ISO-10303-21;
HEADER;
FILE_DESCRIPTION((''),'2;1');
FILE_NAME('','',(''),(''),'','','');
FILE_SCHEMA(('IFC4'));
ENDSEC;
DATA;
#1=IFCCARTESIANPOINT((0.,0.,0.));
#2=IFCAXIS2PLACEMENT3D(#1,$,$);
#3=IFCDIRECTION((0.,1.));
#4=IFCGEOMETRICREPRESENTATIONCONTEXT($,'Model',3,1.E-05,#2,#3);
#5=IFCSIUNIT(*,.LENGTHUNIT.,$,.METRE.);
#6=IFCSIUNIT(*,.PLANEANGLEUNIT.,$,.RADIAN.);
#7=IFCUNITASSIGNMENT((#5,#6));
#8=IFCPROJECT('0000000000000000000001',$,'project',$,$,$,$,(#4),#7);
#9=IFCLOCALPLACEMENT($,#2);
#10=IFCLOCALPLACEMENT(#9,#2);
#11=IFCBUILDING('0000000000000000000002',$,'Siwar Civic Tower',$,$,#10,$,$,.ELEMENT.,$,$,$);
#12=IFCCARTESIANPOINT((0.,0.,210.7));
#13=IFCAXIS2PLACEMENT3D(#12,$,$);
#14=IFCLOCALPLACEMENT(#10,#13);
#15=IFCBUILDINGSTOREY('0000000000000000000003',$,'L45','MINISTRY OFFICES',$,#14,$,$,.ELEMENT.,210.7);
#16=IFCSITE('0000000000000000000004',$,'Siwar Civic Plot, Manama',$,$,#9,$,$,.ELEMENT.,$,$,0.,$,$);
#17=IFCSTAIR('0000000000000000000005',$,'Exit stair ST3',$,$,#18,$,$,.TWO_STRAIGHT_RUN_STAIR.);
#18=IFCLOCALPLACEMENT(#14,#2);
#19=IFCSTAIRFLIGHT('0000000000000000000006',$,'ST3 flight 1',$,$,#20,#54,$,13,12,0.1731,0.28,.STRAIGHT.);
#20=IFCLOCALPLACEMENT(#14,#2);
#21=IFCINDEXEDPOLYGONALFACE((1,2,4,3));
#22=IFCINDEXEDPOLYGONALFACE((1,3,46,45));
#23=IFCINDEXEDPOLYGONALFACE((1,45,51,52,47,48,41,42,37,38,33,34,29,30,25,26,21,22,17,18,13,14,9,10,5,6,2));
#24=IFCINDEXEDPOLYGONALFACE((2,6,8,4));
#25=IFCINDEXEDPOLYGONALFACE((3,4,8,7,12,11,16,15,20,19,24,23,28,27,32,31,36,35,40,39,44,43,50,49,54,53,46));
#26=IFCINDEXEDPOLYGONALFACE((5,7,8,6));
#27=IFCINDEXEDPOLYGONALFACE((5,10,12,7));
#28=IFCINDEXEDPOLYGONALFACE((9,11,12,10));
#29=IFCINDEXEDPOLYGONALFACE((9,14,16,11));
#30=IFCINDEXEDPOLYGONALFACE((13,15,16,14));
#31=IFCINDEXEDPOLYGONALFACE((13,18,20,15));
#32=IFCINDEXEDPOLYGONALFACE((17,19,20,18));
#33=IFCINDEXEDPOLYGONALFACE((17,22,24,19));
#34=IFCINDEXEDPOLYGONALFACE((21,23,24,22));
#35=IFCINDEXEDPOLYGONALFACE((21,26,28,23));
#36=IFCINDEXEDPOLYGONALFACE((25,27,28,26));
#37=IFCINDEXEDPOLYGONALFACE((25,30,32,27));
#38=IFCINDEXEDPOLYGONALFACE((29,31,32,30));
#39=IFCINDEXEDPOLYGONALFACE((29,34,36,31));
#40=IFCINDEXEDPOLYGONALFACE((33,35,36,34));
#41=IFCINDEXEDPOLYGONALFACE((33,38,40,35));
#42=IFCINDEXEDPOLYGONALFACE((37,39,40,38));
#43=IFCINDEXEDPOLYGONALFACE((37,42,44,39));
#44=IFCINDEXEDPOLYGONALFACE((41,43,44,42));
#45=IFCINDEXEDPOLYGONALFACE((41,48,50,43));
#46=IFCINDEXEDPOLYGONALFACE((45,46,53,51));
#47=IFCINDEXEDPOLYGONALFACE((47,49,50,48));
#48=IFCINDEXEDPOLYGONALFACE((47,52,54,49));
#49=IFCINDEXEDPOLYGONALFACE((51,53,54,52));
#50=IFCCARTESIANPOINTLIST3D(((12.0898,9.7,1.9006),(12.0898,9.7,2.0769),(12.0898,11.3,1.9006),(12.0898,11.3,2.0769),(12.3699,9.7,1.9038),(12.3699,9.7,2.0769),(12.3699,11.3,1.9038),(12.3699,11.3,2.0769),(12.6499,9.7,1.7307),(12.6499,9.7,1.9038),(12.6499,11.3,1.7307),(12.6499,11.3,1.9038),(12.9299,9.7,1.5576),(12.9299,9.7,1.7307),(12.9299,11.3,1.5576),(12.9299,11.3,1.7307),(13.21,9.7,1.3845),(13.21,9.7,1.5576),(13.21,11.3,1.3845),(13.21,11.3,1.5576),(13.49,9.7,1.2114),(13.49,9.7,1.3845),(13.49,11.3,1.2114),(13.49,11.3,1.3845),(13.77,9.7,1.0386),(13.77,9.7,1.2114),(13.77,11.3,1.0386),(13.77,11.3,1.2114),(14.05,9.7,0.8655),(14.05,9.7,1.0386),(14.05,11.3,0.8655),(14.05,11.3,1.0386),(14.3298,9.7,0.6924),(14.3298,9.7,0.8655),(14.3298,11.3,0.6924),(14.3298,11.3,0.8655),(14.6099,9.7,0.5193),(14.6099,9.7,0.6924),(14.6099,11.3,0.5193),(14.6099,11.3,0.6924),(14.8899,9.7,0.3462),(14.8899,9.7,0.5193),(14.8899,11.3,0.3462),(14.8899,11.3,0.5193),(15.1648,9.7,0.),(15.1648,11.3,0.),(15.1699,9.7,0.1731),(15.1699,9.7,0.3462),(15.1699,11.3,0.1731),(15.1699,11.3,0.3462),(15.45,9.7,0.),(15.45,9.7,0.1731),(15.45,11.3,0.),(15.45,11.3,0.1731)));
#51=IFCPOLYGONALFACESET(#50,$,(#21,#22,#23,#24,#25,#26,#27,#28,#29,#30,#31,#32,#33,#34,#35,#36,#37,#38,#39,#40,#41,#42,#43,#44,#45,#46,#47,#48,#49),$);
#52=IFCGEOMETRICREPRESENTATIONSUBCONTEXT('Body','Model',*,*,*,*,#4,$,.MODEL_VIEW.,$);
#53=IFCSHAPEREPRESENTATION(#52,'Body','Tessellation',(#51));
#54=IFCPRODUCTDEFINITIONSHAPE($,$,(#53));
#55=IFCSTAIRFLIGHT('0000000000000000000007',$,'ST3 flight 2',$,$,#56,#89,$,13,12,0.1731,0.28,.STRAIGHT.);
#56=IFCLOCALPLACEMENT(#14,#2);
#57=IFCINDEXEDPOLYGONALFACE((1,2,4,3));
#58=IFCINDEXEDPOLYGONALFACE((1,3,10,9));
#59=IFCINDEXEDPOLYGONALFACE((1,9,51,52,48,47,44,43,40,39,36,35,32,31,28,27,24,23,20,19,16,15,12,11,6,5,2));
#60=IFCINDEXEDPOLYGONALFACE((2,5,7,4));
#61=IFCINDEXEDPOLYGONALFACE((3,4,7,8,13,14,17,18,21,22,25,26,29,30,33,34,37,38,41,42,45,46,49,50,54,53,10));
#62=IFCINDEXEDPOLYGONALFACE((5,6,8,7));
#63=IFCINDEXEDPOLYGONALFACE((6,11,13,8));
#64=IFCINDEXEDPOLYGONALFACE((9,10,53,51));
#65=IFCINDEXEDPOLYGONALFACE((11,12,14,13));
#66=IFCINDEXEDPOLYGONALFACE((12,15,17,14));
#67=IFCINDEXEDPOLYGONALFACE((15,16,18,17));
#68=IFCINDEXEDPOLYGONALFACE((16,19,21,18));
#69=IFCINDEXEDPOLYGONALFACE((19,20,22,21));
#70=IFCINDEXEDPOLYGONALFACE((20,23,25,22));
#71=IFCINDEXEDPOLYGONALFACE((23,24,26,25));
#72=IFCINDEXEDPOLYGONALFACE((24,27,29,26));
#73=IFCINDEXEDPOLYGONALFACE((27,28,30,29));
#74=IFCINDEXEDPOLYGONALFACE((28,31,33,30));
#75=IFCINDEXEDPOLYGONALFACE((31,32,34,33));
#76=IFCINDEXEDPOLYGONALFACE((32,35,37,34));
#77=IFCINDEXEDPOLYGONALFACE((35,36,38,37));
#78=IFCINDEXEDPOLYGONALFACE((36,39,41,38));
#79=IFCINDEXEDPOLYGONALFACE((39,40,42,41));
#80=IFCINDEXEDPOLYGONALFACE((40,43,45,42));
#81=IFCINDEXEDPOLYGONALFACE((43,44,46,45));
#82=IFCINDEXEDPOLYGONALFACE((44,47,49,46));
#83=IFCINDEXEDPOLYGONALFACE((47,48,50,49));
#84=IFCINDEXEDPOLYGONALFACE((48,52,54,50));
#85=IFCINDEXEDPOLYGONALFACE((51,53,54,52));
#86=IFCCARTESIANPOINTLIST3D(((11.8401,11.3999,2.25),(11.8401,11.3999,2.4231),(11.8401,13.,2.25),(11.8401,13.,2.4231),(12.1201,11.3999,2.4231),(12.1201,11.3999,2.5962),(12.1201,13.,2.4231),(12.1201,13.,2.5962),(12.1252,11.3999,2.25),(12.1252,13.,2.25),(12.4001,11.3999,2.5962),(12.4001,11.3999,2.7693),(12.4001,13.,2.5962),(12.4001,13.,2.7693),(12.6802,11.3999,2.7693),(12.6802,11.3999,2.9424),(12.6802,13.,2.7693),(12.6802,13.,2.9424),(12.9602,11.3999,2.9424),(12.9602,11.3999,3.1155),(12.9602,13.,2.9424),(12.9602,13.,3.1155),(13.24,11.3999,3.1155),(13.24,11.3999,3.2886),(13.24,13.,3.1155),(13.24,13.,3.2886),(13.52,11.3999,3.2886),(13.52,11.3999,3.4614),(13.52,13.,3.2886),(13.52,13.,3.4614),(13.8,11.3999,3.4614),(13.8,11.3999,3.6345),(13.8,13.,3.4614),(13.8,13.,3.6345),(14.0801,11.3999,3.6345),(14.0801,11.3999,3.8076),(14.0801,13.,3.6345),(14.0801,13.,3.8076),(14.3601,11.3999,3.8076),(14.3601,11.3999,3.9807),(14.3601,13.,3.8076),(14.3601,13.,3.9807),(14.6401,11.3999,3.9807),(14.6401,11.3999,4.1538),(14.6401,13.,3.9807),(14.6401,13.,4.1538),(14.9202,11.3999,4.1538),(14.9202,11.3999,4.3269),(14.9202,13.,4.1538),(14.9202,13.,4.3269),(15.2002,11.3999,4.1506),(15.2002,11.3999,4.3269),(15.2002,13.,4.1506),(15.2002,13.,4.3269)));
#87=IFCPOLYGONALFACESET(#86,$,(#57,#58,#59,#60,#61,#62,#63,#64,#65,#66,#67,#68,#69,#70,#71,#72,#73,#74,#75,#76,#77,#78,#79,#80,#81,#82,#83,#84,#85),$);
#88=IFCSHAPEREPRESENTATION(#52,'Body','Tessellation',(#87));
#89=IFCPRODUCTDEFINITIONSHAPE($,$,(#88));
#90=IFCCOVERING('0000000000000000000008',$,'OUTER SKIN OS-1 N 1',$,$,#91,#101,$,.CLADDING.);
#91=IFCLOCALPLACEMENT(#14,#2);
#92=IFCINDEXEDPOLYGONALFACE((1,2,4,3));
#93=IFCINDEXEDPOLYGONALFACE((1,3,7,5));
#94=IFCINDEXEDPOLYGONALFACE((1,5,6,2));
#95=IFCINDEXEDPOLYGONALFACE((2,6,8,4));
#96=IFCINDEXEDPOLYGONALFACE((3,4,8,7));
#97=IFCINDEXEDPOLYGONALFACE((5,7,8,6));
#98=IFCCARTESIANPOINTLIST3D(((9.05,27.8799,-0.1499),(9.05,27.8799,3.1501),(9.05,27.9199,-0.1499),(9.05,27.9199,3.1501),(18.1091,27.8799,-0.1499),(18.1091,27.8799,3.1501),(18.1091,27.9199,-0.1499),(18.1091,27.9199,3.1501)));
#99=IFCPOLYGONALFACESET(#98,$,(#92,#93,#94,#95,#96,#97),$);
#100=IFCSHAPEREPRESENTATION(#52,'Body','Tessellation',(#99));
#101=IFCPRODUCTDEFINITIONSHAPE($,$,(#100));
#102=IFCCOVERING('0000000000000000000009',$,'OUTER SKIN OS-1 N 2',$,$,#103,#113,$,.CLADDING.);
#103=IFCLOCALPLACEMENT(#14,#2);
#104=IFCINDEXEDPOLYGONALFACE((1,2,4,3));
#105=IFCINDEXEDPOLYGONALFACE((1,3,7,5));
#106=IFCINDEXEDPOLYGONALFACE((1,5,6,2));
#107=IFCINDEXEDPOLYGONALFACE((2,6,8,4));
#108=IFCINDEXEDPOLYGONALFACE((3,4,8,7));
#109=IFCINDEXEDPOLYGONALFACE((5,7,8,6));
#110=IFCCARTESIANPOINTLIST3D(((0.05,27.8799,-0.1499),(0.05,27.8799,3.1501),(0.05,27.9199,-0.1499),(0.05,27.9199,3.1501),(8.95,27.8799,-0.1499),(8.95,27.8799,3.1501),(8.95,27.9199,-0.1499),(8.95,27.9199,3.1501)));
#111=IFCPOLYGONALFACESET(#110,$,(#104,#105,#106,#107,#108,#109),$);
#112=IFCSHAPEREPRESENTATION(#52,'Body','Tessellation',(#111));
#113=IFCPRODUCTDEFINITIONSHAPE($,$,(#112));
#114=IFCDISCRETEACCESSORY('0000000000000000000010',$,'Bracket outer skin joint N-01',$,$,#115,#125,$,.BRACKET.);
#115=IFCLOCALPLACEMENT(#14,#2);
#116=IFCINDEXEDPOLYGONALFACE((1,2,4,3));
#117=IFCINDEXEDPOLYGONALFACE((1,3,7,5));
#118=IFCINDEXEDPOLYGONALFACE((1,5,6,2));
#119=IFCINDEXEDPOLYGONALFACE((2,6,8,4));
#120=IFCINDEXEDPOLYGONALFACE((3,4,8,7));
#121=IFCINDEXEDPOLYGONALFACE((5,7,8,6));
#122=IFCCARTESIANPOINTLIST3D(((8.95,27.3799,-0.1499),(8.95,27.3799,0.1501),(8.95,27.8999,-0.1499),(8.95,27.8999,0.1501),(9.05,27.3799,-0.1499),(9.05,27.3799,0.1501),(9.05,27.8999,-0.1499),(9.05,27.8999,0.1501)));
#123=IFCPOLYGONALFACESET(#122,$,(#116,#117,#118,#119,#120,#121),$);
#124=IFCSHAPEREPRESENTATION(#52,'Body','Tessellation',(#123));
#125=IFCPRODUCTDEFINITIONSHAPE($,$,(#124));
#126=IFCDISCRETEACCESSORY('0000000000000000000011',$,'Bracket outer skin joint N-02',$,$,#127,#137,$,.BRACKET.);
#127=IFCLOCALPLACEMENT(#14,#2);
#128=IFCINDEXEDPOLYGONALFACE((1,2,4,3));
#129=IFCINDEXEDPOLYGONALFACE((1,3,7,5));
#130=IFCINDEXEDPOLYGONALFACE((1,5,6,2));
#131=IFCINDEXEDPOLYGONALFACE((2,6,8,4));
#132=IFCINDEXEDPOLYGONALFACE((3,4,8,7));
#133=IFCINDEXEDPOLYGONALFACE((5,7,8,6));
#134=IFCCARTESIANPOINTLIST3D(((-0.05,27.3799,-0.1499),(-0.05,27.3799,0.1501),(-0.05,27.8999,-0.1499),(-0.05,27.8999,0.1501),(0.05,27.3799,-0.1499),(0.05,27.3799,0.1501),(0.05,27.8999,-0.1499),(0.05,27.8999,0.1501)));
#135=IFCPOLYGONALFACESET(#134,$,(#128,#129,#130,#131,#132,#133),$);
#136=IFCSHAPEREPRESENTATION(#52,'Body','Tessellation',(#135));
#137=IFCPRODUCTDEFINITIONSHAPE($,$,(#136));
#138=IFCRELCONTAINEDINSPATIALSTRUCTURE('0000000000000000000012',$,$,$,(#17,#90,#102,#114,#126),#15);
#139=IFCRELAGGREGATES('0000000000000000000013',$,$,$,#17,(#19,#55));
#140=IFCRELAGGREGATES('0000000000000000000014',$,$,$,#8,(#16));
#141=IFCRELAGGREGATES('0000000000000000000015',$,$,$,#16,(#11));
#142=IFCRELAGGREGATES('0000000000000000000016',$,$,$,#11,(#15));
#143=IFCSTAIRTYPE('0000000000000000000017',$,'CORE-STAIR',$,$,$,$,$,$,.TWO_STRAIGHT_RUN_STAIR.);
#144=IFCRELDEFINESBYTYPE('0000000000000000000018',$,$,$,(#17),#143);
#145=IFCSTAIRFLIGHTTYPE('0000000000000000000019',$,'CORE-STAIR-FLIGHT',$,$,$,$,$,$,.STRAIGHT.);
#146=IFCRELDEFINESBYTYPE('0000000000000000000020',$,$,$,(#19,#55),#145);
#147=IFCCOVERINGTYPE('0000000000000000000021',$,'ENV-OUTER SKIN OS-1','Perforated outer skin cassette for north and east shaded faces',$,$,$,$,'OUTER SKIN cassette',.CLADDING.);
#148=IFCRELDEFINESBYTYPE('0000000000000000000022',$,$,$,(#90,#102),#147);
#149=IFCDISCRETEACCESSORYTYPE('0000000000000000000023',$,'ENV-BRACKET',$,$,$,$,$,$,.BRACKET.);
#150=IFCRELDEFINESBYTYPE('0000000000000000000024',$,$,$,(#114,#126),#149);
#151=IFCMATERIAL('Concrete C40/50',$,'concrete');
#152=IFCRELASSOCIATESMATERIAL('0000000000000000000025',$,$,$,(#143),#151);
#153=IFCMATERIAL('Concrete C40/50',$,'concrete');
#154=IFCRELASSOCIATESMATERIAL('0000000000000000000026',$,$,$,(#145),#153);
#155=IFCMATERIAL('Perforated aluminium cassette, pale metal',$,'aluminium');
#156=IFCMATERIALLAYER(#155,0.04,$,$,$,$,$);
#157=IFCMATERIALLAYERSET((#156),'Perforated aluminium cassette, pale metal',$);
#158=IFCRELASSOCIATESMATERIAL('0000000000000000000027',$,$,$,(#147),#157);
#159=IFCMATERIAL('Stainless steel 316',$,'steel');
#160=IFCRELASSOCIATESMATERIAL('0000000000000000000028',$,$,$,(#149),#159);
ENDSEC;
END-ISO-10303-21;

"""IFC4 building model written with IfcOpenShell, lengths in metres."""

from ifc_helpers import new_model, si_unit, direction, frame, origin, origin_2d, place, context, subcontext, project, spatial, polyline, rectangle, outline, extrude, material, layer, layer_set, type_object, element, aggregate, save


model = new_model("IFC4")

# Units and contexts
model_context = context("Model", 3, precision=1e-05, world=origin(), true_north=direction((0.0, 1.0)))
body_context = subcontext(model_context, "Body", "Model", "MODEL_VIEW")
ifc_project = project(units=[si_unit("LENGTHUNIT", "METRE"), si_unit("PLANEANGLEUNIT", "RADIAN")], contexts=[model_context])

# Site, building, storey
site_placement = place(None, origin())
site = spatial("IfcSite", under=ifc_project, at=site_placement, Name="Siwar Civic Plot, Manama", CompositionType="ELEMENT", RefElevation=0.0)
building_placement = place(site_placement, origin())
building = spatial("IfcBuilding", under=site, at=building_placement, Name="Siwar Civic Tower", CompositionType="ELEMENT")
storey_placement = place(building_placement, frame((0.0, 0.0, 210.7)))
storey = spatial("IfcBuildingStorey", under=building, at=storey_placement, Name="L45", Description="MINISTRY OFFICES", CompositionType="ELEMENT", Elevation=210.7)

# Stair, stair flights
ifc_material_1 = material(Name="Concrete C40/50", Category="concrete")
stair_type = type_object("IfcStairType", Name="CORE-STAIR", PredefinedType="TWO_STRAIGHT_RUN_STAIR", material=ifc_material_1)
stair_placement = place(storey_placement, origin())
stair = element("IfcStair", 1, at=stair_placement, inside=storey, type_object=stair_type, Name="Exit stair ST3", PredefinedType="TWO_STRAIGHT_RUN_STAIR")
ifc_material_2 = material(Name="Concrete C40/50", Category="concrete")
stair_flight_type = type_object("IfcStairFlightType", Name="CORE-STAIR-FLIGHT", PredefinedType="STRAIGHT", material=ifc_material_2)
stair_flight_1_placement = place(storey_placement, frame((15.45, 10.5, 0.0), z_axis=(0.0, 0.0, 1.0), x_axis=(-1.0, 0.0, 0.0)))
stair_flight_1 = element("IfcStairFlight", 2, at=stair_flight_1_placement, type_object=stair_flight_type, Name="ST3 flight 1", NumberOfRisers=13, NumberOfTreads=12, PredefinedType="STRAIGHT", RiserHeight=0.1731, TreadLength=0.28, context=body_context, shape_type="SweptSolid", body=[
    extrude(outline(polyline([(0.0, 0.0), (0.0, 0.1731), (0.28, 0.1731), (0.28, 0.3462), (0.5601, 0.3462), (0.5601, 0.5193), (0.8401, 0.5193), (0.8401, 0.6924), (1.1201, 0.6924), (1.1201, 0.8655), (1.3999, 0.8655), (1.3999, 1.0386), (1.6799, 1.0386), (1.6799, 1.2114), (1.96, 1.2114), (1.96, 1.3845), (2.24, 1.3845), (2.24, 1.5576), (2.52, 1.5576), (2.52, 1.7307), (2.8, 1.7307), (2.8, 1.9038), (3.0801, 1.9038), (3.0801, 2.0769), (3.3601, 2.0769), (3.3601, 2.25), (3.3601, 1.9006), (0.2852, 0.0), (0.0, 0.0)])), frame((0.0, 0.8, 0.0), z_axis=(0.0, -1.0, 0.0), x_axis=(1.0, 0.0, 0.0)), (0.0, 0.0, 1.0), 1.6001),
])
stair_flight_2_placement = place(storey_placement, frame((11.8401, 12.2, 2.25), z_axis=(0.0, 0.0, 1.0), x_axis=(1.0, 0.0, 0.0)))
stair_flight_2 = element("IfcStairFlight", 3, at=stair_flight_2_placement, type_object=stair_flight_type, Name="ST3 flight 2", NumberOfRisers=13, NumberOfTreads=12, PredefinedType="STRAIGHT", RiserHeight=0.1731, TreadLength=0.28, context=body_context, shape_type="SweptSolid", body=[
    extrude(outline(polyline([(0.0, 0.0), (0.0, 0.1731), (0.28, 0.1731), (0.28, 0.3462), (0.5601, 0.3462), (0.5601, 0.5193), (0.8401, 0.5193), (0.8401, 0.6924), (1.1201, 0.6924), (1.1201, 0.8655), (1.3999, 0.8655), (1.3999, 1.0386), (1.6799, 1.0386), (1.6799, 1.2114), (1.96, 1.2114), (1.96, 1.3845), (2.24, 1.3845), (2.24, 1.5576), (2.52, 1.5576), (2.52, 1.7307), (2.8, 1.7307), (2.8, 1.9038), (3.0801, 1.9038), (3.0801, 2.0769), (3.3601, 2.0769), (3.3601, 2.25), (3.3601, 1.9006), (0.2852, 0.0), (0.0, 0.0)])), frame((0.0, 0.8, 0.0), z_axis=(0.0, -1.0, 0.0), x_axis=(1.0, 0.0, 0.0)), (0.0, 0.0, 1.0), 1.6001),
])
aggregate(stair, [stair_flight_1, stair_flight_2])

# Coverings
ifc_material_3 = material(Name="Perforated aluminium cassette, pale metal", Category="aluminium")
ifc_layer_1 = layer(ifc_material_3, 0.04)
ifc_layer_set_1 = layer_set([ifc_layer_1], Name="Perforated aluminium cassette, pale metal")
covering_type = type_object("IfcCoveringType", Name="ENV-OUTER SKIN OS-1", Description="Perforated outer skin cassette for north and east shaded faces", ElementType="OUTER SKIN cassette", PredefinedType="CLADDING", material=ifc_layer_set_1)
covering_1_placement = place(storey_placement, frame((13.5796, 27.8999, -0.1499), z_axis=(0.0, 0.0, 1.0), x_axis=(-1.0, 0.0, 0.0)))
element("IfcCovering", 4, at=covering_1_placement, inside=storey, type_object=covering_type, Name="OUTER SKIN OS-1 N 1", PredefinedType="CLADDING", context=body_context, shape_type="SweptSolid", body=[
    extrude(rectangle(XDim=9.0591, YDim=0.04, at=origin_2d()), origin(), (0.0, 0.0, 1.0), 3.3),
])
covering_2_placement = place(storey_placement, frame((4.5, 27.8999, -0.1499), z_axis=(0.0, 0.0, 1.0), x_axis=(-1.0, 0.0, 0.0)))
element("IfcCovering", 5, at=covering_2_placement, inside=storey, type_object=covering_type, Name="OUTER SKIN OS-1 N 2", PredefinedType="CLADDING", context=body_context, shape_type="SweptSolid", body=[
    extrude(rectangle(XDim=8.8999, YDim=0.04, at=origin_2d()), origin(), (0.0, 0.0, 1.0), 3.3),
])

# Discrete accessories
ifc_material_4 = material(Name="Stainless steel 316", Category="steel")
discrete_accessory_type = type_object("IfcDiscreteAccessoryType", Name="ENV-BRACKET", PredefinedType="BRACKET", material=ifc_material_4)
for number, where, z_axis, x_axis, name in (
    (6, (9.0, 27.6399, -0.1499), (0.0, 0.0, 1.0), (0.0, 1.0, 0.0), "Bracket outer skin joint N-01"),
    (7, (0.0, 27.6399, -0.1499), (0.0, 0.0, 1.0), (0.0, 1.0, 0.0), "Bracket outer skin joint N-02"),
):
    element("IfcDiscreteAccessory", number, at=place(storey_placement, frame(where, z_axis=z_axis, x_axis=x_axis)), inside=storey, type_object=discrete_accessory_type, Name=name, PredefinedType="BRACKET", context=body_context, shape_type="SweptSolid", body=[
        extrude(rectangle(XDim=0.52, YDim=0.1001, at=origin_2d()), origin(), (0.0, 0.0, 1.0), 0.3),
    ])

save(model, "model.ifc")
